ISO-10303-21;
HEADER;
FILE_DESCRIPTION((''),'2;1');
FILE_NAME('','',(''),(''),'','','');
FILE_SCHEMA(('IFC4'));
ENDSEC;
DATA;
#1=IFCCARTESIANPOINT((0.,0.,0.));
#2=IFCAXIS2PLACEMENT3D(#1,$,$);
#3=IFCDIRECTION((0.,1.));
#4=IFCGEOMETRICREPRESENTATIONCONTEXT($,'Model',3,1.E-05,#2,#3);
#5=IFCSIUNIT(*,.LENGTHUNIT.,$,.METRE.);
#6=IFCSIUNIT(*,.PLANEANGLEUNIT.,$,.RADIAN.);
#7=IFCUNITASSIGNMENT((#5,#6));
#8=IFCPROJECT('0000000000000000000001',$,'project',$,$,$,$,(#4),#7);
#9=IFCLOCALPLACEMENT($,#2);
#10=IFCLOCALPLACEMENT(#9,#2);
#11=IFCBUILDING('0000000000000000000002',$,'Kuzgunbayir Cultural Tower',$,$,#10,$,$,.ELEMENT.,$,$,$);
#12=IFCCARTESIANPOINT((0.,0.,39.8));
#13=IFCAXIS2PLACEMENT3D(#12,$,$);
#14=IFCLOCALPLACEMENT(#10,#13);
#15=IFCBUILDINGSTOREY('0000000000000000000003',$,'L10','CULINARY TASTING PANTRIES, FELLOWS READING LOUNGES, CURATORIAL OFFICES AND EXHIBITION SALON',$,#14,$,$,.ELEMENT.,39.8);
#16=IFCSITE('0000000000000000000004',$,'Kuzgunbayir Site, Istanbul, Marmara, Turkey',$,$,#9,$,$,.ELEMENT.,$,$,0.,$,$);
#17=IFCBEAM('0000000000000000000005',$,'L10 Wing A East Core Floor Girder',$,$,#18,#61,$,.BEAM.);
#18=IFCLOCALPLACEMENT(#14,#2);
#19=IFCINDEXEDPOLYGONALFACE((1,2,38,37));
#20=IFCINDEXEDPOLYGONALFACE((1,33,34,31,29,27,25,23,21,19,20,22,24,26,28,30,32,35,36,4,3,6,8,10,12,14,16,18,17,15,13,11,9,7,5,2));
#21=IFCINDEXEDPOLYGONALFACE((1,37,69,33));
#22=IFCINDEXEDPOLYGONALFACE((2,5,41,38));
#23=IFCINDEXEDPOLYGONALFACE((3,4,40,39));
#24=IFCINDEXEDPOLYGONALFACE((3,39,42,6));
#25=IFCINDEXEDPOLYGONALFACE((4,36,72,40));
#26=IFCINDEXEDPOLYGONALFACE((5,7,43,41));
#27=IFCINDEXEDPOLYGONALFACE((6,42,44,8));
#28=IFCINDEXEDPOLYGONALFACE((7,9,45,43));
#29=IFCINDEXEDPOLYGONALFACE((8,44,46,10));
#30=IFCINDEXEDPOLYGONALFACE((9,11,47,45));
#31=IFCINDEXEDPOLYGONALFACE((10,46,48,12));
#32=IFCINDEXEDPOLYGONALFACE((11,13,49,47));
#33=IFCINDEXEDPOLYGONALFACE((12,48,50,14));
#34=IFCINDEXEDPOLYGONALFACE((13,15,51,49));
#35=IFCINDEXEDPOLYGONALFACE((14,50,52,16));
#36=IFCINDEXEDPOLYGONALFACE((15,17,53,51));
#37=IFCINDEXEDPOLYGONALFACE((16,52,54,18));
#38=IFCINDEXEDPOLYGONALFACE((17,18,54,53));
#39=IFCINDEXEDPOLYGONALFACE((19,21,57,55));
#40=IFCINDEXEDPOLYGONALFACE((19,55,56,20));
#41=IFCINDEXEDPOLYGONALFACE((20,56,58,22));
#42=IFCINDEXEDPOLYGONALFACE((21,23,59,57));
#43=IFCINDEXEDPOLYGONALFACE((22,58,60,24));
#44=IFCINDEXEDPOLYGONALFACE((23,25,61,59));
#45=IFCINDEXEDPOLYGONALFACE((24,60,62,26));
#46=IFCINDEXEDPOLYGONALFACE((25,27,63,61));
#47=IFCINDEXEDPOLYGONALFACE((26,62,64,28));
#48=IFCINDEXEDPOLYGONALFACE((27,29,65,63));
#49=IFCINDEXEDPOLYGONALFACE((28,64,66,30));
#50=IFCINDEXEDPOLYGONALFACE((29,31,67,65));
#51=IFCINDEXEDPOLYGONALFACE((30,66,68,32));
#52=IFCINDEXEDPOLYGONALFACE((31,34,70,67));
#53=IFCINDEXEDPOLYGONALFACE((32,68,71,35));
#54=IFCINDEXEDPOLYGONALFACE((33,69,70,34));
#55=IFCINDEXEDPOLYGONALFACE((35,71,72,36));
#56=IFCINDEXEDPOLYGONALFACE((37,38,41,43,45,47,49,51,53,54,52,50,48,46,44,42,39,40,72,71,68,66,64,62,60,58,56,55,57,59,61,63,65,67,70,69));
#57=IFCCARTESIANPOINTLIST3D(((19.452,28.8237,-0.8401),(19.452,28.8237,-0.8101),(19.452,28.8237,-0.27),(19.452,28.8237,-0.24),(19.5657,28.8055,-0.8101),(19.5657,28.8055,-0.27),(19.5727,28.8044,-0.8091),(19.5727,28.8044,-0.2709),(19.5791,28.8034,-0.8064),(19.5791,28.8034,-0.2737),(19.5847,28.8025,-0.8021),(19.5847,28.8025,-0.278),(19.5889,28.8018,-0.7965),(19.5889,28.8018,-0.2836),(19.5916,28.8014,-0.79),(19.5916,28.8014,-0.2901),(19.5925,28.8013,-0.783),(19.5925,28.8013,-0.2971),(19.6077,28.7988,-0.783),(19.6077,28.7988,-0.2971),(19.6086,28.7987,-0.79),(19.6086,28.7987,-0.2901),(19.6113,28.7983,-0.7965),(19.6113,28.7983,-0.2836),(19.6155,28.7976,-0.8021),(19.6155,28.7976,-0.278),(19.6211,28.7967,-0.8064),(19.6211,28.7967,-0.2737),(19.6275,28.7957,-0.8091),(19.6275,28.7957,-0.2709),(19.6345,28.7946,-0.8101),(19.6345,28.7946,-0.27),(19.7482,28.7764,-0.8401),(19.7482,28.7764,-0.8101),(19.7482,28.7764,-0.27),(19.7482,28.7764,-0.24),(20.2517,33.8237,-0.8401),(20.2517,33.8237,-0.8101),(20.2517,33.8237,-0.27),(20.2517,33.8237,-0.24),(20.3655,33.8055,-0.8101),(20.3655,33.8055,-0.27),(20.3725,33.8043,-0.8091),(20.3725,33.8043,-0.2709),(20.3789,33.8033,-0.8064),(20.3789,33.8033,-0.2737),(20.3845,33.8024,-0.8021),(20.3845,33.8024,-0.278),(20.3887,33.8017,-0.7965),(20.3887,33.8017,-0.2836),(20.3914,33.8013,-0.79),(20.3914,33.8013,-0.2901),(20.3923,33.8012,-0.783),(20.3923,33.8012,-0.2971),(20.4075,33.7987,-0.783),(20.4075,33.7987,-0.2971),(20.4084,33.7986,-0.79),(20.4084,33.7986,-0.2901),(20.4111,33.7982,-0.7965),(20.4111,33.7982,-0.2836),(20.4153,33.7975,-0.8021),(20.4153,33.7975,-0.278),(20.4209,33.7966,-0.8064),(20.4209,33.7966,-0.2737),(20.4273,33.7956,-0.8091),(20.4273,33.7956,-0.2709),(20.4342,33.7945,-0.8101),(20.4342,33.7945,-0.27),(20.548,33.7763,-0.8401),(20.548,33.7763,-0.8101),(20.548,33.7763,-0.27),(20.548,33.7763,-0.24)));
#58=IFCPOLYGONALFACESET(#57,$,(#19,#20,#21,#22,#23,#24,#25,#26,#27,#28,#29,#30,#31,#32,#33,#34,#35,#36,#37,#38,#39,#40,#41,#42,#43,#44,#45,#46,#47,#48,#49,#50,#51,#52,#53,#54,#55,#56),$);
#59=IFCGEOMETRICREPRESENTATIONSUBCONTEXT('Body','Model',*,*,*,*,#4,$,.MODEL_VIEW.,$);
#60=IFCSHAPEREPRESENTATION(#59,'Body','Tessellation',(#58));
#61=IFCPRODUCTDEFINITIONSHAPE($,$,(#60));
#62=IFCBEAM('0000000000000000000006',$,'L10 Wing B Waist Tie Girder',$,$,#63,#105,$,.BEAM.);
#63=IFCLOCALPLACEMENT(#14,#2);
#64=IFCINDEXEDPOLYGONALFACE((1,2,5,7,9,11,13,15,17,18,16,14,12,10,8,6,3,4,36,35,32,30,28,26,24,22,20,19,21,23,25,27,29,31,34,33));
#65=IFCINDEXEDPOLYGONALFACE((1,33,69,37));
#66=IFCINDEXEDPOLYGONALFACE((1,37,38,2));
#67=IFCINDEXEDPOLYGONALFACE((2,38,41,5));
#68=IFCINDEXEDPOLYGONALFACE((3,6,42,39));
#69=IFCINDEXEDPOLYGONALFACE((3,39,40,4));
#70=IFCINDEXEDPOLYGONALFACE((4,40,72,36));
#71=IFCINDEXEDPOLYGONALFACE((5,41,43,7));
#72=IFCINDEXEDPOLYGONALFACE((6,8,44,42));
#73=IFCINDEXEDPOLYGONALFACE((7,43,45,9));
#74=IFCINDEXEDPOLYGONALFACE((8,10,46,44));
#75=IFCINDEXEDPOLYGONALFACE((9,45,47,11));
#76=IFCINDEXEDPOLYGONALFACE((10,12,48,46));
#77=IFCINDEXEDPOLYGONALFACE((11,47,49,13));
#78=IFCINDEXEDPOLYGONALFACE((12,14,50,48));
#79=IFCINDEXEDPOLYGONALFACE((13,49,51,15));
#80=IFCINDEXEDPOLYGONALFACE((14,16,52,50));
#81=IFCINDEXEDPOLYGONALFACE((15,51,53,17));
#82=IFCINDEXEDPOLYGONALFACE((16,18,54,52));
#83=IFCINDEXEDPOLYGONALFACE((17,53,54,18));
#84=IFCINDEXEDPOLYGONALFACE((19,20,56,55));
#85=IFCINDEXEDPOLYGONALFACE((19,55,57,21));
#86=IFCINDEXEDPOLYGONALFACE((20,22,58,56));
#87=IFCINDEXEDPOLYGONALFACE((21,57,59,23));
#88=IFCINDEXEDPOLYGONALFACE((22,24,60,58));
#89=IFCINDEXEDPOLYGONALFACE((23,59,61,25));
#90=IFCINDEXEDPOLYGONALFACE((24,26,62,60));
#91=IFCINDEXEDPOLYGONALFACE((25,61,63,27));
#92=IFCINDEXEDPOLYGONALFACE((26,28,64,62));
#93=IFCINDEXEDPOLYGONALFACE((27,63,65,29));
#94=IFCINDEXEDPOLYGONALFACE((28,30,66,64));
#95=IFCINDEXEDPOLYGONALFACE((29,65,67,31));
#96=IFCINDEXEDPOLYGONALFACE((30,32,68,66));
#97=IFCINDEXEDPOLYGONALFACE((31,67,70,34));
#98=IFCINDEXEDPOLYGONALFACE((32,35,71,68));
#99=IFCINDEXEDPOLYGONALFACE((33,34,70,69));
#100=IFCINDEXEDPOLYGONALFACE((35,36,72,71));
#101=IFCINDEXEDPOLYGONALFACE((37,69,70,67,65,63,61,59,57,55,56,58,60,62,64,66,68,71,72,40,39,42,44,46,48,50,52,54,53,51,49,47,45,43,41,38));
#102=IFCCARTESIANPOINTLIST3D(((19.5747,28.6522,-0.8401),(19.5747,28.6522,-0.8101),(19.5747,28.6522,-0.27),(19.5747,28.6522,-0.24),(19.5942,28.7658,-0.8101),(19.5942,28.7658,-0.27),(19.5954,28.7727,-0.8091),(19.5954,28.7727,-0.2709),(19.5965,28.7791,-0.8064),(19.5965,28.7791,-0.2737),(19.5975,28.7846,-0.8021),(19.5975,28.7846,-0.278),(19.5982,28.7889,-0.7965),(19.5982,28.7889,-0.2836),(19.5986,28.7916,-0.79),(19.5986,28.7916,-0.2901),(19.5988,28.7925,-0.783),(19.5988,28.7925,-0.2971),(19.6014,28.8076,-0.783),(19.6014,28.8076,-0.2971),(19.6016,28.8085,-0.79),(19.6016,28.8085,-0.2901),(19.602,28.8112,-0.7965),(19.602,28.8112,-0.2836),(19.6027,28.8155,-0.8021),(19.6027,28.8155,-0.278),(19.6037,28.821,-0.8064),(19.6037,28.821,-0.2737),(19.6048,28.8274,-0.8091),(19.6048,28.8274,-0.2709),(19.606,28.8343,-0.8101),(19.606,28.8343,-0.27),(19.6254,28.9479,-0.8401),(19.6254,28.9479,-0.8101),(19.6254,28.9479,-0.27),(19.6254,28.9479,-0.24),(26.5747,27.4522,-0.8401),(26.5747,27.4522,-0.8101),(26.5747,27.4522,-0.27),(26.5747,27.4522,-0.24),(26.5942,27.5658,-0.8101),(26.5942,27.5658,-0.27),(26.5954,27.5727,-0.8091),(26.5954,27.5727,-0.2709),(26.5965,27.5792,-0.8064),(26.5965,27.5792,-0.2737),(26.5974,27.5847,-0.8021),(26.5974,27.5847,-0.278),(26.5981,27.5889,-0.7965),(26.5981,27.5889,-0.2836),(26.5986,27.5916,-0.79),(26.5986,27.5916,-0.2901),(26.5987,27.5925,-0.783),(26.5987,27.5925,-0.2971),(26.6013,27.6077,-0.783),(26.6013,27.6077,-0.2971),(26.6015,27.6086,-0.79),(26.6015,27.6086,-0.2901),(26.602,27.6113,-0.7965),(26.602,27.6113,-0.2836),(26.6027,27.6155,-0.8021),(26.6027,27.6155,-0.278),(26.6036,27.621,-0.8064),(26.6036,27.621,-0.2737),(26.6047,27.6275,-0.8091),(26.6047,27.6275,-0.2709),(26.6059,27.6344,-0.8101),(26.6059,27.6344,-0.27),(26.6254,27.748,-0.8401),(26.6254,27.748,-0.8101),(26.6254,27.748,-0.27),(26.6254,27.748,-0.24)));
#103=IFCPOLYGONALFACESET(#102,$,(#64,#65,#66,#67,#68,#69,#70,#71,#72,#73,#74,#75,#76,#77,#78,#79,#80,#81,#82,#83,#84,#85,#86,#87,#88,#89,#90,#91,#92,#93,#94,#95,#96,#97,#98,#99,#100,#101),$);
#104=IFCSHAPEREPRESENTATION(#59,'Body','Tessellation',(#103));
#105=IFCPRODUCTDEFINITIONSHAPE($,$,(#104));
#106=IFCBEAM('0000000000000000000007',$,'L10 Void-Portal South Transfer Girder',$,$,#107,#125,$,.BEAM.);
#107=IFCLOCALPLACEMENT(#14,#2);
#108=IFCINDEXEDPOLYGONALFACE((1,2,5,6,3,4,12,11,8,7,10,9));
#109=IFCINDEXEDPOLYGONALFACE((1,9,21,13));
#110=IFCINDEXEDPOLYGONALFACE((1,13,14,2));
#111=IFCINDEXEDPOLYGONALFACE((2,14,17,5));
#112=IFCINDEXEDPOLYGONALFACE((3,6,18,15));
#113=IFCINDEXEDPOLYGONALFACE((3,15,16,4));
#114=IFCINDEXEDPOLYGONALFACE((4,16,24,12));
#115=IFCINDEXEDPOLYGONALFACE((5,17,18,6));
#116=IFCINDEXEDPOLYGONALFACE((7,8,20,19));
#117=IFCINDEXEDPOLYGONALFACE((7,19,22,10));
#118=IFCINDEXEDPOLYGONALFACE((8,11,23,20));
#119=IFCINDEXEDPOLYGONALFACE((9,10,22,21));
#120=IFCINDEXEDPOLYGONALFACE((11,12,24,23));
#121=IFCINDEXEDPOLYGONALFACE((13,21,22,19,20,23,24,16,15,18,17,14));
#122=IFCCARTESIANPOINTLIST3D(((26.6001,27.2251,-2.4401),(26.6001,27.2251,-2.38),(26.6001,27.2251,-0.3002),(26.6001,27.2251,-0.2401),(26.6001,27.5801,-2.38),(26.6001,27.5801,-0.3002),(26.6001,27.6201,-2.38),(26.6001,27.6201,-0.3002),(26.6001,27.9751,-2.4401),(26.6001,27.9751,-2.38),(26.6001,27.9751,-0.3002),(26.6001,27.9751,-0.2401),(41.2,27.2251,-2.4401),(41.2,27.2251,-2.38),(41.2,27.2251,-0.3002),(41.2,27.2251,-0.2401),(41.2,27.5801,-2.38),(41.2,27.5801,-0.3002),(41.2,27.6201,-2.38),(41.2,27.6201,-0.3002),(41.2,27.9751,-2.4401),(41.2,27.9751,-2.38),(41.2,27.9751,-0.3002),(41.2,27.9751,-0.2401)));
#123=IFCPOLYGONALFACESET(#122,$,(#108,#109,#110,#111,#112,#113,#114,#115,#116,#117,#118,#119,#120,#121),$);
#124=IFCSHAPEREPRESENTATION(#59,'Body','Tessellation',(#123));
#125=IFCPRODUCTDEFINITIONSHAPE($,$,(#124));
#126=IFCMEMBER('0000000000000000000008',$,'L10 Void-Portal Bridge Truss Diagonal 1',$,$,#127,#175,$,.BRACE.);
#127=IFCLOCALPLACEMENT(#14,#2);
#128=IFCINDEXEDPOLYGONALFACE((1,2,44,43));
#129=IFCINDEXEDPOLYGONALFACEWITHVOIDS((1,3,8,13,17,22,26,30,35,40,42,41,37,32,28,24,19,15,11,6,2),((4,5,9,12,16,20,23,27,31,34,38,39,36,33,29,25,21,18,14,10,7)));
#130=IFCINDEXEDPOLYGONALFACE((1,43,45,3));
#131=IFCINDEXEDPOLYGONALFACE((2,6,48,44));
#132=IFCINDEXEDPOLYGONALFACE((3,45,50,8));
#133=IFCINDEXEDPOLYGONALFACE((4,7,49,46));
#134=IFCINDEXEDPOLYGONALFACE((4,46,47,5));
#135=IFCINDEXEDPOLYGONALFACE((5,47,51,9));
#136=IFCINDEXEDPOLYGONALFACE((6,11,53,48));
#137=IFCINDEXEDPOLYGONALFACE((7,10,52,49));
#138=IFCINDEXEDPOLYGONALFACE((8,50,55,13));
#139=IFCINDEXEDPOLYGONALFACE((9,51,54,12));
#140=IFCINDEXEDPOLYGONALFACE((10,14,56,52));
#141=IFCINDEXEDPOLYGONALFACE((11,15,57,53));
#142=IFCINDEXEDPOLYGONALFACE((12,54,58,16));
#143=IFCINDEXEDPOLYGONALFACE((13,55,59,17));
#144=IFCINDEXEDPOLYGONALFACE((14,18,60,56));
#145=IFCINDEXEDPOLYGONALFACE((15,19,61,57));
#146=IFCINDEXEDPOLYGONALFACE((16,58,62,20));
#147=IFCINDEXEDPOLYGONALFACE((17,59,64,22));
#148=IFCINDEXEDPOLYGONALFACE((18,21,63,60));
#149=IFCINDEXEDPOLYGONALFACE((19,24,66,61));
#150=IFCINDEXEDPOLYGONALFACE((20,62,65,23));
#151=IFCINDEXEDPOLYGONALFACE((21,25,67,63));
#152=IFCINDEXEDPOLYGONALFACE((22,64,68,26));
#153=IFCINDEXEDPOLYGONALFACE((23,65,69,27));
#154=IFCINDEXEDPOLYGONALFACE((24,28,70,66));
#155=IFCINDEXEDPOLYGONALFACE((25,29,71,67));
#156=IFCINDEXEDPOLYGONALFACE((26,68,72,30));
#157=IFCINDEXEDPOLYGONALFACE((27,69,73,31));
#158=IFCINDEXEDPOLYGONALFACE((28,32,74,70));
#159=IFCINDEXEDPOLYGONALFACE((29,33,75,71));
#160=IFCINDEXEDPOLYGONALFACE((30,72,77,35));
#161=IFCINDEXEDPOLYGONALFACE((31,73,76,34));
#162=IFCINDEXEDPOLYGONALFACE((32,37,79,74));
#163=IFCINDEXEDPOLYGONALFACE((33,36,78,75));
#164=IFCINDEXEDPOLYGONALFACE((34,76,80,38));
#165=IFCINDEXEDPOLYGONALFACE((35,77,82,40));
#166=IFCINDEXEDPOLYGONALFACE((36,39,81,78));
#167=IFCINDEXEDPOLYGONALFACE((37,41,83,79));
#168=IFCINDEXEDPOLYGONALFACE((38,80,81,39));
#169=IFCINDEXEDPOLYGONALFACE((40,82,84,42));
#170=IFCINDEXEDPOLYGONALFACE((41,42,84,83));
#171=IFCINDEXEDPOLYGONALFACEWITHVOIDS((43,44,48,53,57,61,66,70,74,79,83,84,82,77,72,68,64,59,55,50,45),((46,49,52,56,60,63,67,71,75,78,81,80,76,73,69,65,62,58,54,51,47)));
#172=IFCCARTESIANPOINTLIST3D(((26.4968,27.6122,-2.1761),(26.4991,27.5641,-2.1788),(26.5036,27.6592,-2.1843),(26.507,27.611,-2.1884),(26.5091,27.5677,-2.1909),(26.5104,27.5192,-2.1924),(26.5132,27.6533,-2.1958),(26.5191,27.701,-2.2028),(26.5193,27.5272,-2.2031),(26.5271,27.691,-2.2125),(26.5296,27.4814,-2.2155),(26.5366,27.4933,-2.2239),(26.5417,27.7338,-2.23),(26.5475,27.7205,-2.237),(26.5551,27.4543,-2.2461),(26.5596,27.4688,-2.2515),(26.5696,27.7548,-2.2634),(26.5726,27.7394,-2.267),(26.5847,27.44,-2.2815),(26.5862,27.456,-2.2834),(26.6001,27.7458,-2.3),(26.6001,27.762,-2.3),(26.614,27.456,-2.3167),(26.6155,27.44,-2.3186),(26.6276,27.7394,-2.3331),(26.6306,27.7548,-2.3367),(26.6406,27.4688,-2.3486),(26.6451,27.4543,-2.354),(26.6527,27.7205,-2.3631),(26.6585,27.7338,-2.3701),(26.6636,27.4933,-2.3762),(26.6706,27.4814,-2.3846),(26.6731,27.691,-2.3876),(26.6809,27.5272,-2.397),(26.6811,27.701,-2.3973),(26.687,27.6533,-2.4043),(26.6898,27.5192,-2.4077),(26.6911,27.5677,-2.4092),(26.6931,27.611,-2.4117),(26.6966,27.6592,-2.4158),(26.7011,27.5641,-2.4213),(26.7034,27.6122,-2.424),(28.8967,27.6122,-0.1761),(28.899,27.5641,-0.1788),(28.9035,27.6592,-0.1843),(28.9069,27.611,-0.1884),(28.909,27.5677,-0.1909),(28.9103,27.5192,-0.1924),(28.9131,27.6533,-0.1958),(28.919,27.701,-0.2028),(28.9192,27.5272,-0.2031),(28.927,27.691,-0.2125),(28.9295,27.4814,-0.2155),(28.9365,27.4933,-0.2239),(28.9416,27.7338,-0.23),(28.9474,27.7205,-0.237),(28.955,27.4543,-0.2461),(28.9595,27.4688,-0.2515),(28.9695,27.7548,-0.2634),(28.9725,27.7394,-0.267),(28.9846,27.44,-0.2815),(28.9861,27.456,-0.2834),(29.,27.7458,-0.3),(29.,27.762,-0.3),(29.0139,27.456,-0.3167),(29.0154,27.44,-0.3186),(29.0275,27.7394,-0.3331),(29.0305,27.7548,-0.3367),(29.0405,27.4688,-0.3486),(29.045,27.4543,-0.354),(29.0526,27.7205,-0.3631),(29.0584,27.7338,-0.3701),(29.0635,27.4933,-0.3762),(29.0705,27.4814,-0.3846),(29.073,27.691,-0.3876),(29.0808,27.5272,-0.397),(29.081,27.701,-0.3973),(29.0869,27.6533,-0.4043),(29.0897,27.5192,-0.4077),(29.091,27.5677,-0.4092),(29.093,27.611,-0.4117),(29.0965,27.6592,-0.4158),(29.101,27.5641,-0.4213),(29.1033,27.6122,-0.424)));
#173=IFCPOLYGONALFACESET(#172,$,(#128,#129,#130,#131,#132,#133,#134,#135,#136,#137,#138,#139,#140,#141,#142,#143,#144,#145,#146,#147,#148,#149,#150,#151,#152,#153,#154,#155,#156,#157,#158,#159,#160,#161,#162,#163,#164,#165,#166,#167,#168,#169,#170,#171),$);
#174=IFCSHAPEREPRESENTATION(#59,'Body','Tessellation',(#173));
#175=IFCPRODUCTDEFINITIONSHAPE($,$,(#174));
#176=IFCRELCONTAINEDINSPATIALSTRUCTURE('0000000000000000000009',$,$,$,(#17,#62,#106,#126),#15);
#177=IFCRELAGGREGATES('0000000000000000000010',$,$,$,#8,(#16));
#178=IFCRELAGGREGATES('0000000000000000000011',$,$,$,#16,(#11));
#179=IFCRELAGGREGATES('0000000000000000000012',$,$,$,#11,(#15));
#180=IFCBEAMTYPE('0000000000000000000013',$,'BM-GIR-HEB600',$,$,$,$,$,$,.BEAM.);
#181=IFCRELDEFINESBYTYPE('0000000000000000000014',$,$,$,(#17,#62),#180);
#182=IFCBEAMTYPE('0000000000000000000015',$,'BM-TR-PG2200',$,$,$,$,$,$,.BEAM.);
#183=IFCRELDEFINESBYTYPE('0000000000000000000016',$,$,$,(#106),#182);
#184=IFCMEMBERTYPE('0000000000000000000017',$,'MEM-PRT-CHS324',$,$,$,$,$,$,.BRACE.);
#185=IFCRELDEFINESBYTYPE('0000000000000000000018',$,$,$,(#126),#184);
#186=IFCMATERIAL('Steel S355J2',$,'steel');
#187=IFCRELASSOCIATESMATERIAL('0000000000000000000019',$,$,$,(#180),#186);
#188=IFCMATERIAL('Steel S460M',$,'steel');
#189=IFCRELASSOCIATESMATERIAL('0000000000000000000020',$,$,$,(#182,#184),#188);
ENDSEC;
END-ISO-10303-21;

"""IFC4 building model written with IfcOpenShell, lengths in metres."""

from ifc_helpers import new_model, si_unit, direction, frame, origin, origin_2d, place, context, subcontext, project, spatial, hollow_circle, i_section, extrude, material, material_profile, profile_set, type_object, element, save


model = new_model("IFC4")

# Units and contexts
model_context = context("Model", 3, precision=1e-05, world=origin(), true_north=direction((0.0, 1.0)))
body_context = subcontext(model_context, "Body", "Model", "MODEL_VIEW")
ifc_project = project(units=[si_unit("LENGTHUNIT", "METRE"), si_unit("PLANEANGLEUNIT", "RADIAN")], contexts=[model_context])

# Site, building, storey
site_placement = place(None, origin())
site = spatial("IfcSite", under=ifc_project, at=site_placement, Name="Kuzgunbayir Site, Istanbul, Marmara, Turkey", CompositionType="ELEMENT", RefElevation=0.0)
building_placement = place(site_placement, origin())
building = spatial("IfcBuilding", under=site, at=building_placement, Name="Kuzgunbayir Cultural Tower", CompositionType="ELEMENT")
storey_placement = place(building_placement, frame((0.0, 0.0, 39.8)))
storey = spatial("IfcBuildingStorey", under=building, at=storey_placement, Name="L10", Description="CULINARY TASTING PANTRIES, FELLOWS READING LOUNGES, CURATORIAL OFFICES AND EXHIBITION SALON", CompositionType="ELEMENT", Elevation=39.8)

# Beams
ifc_material_1 = material(Name="Steel S355J2", Category="steel")
ifc_material_profile_1 = material_profile(ifc_material_1, i_section(OverallWidth=0.3, OverallDepth=0.6001, WebThickness=0.0154, FlangeThickness=0.03, FilletRadius=0.0271, at=origin_2d()), Name="HEB 600")
ifc_profile_set_1 = profile_set([ifc_material_profile_1], Name="Steel S355J2")
beam_type_1 = type_object("IfcBeamType", Name="BM-GIR-HEB600", PredefinedType="BEAM", material=ifc_profile_set_1)
beam_1_placement = place(storey_placement, frame((19.6001, 28.8, -0.54), z_axis=(0.157953, 0.987447, 0.0), x_axis=(-0.987447, 0.157953, 0.0)))
element("IfcBeam", 1, at=beam_1_placement, inside=storey, type_object=beam_type_1, Name="L10 Wing A East Core Floor Girder", PredefinedType="BEAM", context=body_context, shape_type="SweptSolid", body=[
    extrude(i_section(OverallWidth=0.3, OverallDepth=0.6001, WebThickness=0.0154, FlangeThickness=0.03, FilletRadius=0.0271, at=origin_2d()), origin(), (0.0, 0.0, 1.0), 5.0635),
])
beam_2_placement = place(storey_placement, frame((19.6001, 28.8, -0.54), z_axis=(0.985623, -0.168957, 0.0), x_axis=(0.168957, 0.985623, 0.0)))
element("IfcBeam", 2, at=beam_2_placement, inside=storey, type_object=beam_type_1, Name="L10 Wing B Waist Tie Girder", PredefinedType="BEAM", context=body_context, shape_type="SweptSolid", body=[
    extrude(i_section(OverallWidth=0.3, OverallDepth=0.6001, WebThickness=0.0154, FlangeThickness=0.03, FilletRadius=0.0271, at=origin_2d()), origin(), (0.0, 0.0, 1.0), 7.1021),
])
ifc_material_2 = material(Name="Steel S460M", Category="steel")
ifc_material_profile_2 = material_profile(ifc_material_2, i_section(OverallWidth=0.75, OverallDepth=2.2, WebThickness=0.04, FlangeThickness=0.0601, at=origin_2d()), Name="PG 2200x750x40x60")
ifc_profile_set_2 = profile_set([ifc_material_profile_2], Name="Steel S460M")
beam_type_2 = type_object("IfcBeamType", Name="BM-TR-PG2200", PredefinedType="BEAM", material=ifc_profile_set_2)
beam_3_placement = place(storey_placement, frame((26.6001, 27.6001, -1.3401), z_axis=(1.0, 0.0, 0.0), x_axis=(0.0, 1.0, 0.0)))
element("IfcBeam", 3, at=beam_3_placement, inside=storey, type_object=beam_type_2, Name="L10 Void-Portal South Transfer Girder", PredefinedType="BEAM", context=body_context, shape_type="SweptSolid", body=[
    extrude(i_section(OverallWidth=0.75, OverallDepth=2.2, WebThickness=0.04, FlangeThickness=0.0601, at=origin_2d()), origin(), (0.0, 0.0, 1.0), 14.5999),
])

# Member
ifc_material_profile_3 = material_profile(ifc_material_2, hollow_circle(Radius=0.1619, WallThickness=0.0161, at=origin_2d()), Name="CHS 323.9x16")
ifc_profile_set_3 = profile_set([ifc_material_profile_3], Name="Steel S460M")
member_type_1 = type_object("IfcMemberType", Name="MEM-PRT-CHS324", PredefinedType="BRACE", material=ifc_profile_set_3)
member_1_placement = place(storey_placement, frame((26.6001, 27.6001, -2.3), z_axis=(0.768208, 0.0, 0.6402), x_axis=(0.0, 1.0, 0.0)))
element("IfcMember", 4, at=member_1_placement, inside=storey, type_object=member_type_1, Name="L10 Void-Portal Bridge Truss Diagonal 1", PredefinedType="BRACE", context=body_context, shape_type="SweptSolid", body=[
    extrude(hollow_circle(Radius=0.1619, WallThickness=0.0161, at=origin_2d()), origin(), (0.0, 0.0, 1.0), 3.124),
])

save(model, "model.ifc")
